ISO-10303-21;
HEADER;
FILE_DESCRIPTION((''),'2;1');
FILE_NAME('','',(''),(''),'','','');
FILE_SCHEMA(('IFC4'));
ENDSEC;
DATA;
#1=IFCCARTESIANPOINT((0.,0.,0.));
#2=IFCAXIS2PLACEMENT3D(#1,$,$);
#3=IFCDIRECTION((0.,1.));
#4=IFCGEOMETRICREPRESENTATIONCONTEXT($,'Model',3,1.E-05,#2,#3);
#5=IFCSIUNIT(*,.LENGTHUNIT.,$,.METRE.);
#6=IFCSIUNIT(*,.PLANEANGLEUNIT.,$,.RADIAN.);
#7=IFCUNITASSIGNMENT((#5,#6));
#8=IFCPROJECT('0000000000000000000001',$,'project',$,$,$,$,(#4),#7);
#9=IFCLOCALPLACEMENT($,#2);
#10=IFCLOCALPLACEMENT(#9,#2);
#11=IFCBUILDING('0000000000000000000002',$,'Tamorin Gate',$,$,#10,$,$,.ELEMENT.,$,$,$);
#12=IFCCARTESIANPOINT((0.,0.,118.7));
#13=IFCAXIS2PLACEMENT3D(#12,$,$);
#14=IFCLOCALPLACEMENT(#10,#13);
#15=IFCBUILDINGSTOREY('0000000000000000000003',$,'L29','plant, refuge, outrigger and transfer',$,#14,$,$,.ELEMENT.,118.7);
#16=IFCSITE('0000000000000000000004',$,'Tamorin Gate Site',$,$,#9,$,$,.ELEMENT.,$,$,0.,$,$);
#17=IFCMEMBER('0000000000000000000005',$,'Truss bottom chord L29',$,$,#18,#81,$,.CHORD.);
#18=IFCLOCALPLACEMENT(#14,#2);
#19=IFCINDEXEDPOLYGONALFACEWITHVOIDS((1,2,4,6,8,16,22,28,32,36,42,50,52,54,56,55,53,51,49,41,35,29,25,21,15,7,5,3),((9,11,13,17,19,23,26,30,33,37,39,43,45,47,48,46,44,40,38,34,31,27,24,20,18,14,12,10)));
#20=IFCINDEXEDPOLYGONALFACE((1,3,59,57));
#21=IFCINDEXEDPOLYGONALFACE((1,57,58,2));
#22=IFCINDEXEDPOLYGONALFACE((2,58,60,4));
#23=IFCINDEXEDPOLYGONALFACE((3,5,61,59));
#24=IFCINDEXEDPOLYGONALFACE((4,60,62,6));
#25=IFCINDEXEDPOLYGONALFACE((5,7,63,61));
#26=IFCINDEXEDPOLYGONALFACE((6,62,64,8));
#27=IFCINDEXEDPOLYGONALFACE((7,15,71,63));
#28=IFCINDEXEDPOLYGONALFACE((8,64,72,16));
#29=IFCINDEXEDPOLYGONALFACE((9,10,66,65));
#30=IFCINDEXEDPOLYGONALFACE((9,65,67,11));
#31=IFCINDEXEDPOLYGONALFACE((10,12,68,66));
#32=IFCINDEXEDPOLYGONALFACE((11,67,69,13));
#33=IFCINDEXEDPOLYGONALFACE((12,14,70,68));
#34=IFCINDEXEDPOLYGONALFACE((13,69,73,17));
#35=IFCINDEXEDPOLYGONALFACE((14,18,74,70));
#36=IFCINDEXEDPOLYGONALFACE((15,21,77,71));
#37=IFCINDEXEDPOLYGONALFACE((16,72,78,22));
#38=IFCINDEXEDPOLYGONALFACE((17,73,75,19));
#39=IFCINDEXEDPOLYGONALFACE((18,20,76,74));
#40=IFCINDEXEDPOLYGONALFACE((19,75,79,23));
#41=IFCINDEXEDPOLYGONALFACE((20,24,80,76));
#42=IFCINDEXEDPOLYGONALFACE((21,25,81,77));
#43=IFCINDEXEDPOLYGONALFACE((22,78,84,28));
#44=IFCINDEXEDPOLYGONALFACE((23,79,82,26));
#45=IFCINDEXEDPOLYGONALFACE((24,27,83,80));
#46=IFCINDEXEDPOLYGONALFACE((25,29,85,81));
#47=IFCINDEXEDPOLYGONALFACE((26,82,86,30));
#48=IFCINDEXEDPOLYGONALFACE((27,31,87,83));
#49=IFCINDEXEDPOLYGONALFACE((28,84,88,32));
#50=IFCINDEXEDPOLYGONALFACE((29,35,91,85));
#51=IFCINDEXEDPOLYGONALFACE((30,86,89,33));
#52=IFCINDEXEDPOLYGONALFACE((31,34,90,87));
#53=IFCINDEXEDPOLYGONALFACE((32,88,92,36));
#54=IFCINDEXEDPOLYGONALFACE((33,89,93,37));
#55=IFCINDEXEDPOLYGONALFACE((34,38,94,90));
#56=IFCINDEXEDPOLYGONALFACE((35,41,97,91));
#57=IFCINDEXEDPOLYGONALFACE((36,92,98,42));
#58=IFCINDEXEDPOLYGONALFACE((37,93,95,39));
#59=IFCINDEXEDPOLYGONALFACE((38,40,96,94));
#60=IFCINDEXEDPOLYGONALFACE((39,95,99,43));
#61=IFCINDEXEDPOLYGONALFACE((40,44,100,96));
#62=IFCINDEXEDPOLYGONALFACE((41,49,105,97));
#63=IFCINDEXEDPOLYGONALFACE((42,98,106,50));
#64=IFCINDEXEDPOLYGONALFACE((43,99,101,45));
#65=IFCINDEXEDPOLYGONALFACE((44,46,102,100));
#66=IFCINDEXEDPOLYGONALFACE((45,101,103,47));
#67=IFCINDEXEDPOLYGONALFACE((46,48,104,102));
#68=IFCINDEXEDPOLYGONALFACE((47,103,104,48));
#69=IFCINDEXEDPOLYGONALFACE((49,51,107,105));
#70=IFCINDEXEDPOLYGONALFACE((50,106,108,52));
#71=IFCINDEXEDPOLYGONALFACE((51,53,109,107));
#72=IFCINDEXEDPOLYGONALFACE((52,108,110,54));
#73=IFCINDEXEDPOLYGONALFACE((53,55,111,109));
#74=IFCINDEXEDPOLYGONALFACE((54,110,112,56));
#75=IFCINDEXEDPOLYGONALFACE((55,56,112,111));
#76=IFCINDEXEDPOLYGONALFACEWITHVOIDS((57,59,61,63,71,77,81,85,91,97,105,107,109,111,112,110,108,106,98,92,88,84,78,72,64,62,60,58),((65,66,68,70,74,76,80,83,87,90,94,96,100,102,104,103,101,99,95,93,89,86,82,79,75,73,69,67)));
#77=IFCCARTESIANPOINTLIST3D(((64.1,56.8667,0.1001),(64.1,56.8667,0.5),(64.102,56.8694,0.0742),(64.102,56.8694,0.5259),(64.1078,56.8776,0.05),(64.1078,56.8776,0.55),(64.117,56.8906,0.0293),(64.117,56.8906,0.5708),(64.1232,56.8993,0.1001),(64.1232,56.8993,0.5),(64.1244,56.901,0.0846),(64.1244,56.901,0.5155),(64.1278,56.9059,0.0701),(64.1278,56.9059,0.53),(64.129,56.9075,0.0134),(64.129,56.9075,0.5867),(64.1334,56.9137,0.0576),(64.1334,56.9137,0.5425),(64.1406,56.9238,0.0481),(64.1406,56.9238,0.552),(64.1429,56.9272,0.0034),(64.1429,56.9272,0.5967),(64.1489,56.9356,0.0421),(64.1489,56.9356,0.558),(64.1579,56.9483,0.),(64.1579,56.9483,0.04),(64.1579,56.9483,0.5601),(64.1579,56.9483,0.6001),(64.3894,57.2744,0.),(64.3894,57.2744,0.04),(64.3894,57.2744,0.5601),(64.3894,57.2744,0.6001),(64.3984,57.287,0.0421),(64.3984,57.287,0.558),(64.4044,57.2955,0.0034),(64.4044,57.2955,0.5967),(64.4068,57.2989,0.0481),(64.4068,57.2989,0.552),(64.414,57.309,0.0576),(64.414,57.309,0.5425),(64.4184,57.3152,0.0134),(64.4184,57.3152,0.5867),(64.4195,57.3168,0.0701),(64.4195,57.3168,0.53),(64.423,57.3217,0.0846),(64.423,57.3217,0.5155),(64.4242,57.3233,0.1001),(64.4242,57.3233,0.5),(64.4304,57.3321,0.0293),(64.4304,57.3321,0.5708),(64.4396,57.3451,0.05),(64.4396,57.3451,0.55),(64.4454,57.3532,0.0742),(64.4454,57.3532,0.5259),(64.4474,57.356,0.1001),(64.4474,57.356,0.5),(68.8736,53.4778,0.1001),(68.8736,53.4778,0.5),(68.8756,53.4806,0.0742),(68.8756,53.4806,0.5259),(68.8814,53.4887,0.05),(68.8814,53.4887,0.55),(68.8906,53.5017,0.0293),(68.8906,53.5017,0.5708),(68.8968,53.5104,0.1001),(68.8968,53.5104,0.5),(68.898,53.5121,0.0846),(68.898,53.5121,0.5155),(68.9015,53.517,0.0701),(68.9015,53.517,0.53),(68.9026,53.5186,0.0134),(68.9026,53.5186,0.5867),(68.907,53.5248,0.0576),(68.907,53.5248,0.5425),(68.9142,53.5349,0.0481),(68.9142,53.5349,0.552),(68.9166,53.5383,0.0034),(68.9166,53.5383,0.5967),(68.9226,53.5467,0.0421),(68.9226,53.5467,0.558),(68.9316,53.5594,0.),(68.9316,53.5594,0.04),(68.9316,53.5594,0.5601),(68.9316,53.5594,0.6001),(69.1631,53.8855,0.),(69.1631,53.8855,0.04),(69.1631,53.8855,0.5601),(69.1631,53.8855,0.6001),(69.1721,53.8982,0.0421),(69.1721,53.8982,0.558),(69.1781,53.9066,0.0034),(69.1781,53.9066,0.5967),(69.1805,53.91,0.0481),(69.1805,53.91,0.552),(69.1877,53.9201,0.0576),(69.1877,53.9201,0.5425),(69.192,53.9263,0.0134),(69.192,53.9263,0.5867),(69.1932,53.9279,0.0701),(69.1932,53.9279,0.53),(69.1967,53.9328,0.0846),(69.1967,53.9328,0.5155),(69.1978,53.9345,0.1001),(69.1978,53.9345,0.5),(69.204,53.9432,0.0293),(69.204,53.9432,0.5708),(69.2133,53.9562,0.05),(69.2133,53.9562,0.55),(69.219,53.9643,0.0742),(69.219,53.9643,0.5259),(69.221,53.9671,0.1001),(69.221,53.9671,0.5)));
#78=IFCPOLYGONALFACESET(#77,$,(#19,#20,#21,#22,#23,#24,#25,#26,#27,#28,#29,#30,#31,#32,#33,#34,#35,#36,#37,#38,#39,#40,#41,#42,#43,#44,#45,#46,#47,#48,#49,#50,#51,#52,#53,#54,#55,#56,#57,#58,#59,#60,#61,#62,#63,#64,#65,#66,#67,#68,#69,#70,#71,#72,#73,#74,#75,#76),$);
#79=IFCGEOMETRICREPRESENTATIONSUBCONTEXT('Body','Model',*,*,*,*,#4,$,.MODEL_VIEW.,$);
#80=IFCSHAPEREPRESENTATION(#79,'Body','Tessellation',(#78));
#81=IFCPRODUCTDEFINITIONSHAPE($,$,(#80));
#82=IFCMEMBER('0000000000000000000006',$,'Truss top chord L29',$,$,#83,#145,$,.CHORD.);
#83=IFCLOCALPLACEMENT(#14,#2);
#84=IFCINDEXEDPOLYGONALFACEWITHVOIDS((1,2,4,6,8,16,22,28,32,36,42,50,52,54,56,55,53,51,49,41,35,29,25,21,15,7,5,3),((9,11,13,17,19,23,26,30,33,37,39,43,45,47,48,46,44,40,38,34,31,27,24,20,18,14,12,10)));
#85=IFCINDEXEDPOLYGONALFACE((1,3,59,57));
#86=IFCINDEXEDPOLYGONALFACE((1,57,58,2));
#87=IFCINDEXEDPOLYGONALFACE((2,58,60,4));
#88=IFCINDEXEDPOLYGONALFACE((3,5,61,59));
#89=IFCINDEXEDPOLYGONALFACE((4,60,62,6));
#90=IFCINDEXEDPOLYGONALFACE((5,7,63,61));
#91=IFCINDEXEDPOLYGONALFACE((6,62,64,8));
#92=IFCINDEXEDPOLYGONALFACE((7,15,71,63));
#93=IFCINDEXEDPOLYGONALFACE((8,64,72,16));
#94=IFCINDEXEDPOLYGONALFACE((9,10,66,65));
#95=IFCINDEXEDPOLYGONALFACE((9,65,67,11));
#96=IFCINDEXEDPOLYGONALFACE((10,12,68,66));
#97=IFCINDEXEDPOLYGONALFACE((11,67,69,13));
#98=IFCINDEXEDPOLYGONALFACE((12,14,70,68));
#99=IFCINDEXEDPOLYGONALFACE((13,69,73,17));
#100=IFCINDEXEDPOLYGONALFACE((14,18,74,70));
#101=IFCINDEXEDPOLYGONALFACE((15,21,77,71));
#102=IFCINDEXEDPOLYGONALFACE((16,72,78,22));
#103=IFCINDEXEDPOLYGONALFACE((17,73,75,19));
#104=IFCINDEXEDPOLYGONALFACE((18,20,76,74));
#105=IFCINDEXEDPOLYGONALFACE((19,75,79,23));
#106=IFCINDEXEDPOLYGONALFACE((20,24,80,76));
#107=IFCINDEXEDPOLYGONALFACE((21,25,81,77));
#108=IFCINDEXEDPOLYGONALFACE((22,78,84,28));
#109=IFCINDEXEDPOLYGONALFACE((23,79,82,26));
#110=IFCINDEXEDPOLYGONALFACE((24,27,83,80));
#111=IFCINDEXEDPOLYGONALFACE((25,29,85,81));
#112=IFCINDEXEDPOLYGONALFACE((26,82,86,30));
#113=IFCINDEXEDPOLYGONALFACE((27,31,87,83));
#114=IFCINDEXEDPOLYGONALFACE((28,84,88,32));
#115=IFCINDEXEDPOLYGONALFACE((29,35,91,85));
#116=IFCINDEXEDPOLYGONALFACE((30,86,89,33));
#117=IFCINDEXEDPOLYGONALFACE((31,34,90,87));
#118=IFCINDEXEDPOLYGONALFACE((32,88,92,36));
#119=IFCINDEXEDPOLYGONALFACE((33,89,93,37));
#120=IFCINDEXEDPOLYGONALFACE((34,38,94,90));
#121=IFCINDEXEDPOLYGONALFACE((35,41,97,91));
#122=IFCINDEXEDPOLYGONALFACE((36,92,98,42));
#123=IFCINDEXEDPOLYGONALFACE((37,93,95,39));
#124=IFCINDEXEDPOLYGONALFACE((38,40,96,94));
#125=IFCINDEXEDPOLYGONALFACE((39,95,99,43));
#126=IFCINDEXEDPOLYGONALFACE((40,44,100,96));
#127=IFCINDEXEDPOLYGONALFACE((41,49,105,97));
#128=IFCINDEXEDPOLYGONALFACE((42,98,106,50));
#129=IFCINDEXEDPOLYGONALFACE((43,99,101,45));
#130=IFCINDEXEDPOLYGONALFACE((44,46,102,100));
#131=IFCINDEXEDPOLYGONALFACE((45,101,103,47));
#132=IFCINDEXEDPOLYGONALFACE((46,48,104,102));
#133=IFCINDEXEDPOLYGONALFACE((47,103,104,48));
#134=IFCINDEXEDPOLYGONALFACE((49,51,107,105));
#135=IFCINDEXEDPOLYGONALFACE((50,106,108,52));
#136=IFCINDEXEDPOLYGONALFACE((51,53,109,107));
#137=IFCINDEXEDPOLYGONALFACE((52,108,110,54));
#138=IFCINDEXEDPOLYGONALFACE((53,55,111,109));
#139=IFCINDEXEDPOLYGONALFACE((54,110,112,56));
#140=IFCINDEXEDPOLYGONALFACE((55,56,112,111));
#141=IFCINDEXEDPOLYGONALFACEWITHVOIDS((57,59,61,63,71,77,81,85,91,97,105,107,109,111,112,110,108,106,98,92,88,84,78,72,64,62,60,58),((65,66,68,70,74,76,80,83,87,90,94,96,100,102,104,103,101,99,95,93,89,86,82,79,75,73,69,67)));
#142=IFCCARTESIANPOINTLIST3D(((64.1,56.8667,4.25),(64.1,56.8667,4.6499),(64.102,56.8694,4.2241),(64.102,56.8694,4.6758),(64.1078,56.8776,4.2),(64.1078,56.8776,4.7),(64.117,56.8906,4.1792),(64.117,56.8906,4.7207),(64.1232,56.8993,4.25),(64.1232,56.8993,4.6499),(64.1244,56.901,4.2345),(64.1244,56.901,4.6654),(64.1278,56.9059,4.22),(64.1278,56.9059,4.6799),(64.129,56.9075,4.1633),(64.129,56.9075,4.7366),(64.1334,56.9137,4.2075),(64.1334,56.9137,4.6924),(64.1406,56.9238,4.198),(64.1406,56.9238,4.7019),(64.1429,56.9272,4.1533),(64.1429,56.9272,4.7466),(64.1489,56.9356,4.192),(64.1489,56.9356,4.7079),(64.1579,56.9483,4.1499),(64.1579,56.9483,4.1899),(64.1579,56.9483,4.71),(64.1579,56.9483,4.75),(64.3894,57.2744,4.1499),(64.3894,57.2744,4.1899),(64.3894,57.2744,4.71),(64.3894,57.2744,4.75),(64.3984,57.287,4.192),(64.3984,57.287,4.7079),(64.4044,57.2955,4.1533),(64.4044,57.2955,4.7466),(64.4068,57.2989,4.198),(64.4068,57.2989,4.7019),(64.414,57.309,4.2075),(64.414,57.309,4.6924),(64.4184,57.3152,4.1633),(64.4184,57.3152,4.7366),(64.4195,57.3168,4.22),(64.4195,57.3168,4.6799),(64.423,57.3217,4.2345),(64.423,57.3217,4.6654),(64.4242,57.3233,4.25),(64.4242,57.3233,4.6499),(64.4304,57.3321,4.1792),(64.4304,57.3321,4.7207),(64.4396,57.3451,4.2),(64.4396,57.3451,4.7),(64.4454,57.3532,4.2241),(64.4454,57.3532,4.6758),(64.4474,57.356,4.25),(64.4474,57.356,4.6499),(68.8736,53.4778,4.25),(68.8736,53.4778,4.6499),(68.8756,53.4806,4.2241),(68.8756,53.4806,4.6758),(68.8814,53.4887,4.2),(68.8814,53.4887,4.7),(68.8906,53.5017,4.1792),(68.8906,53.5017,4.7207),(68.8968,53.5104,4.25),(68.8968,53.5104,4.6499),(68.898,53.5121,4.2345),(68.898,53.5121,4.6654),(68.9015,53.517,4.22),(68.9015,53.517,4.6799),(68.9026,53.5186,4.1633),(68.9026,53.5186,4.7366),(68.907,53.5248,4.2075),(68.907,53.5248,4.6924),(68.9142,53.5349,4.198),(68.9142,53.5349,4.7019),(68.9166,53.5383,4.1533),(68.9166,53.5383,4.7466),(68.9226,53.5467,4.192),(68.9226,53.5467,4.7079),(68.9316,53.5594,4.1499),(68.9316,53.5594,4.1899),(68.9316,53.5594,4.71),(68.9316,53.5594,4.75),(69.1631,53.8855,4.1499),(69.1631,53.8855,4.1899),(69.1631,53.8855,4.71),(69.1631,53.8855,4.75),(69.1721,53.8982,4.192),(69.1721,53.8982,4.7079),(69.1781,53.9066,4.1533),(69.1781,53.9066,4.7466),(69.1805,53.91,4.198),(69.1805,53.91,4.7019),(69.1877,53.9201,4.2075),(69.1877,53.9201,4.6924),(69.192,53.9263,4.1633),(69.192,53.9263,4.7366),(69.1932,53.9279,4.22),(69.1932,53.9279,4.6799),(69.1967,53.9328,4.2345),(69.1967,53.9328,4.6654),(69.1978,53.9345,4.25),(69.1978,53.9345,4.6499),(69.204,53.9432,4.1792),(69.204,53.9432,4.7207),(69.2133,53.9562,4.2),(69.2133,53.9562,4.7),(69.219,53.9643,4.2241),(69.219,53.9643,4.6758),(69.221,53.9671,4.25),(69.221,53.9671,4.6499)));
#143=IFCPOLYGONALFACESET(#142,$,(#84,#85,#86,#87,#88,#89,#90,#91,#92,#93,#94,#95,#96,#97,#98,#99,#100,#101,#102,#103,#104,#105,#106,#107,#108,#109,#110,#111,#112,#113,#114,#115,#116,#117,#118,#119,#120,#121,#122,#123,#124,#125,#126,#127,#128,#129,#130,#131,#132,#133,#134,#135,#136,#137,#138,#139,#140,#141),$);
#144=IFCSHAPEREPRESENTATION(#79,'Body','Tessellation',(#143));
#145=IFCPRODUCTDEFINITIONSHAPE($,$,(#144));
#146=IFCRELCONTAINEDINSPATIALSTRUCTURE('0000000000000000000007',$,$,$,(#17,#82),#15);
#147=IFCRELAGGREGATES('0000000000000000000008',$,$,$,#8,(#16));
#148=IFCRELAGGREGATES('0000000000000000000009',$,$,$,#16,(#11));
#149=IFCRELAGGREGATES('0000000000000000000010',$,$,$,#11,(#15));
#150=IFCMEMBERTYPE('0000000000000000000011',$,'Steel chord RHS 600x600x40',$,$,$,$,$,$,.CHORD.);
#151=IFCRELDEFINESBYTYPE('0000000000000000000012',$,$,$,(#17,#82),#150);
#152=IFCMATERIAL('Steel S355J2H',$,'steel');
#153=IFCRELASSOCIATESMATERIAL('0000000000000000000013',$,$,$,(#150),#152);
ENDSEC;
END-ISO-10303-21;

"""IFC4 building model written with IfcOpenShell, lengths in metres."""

from ifc_helpers import new_model, si_unit, direction, frame, origin, origin_2d, place, context, subcontext, project, spatial, hollow_rectangle, extrude, material, material_profile, profile_set, type_object, element, save


model = new_model("IFC4")

# Units and contexts
model_context = context("Model", 3, precision=1e-05, world=origin(), true_north=direction((0.0, 1.0)))
body_context = subcontext(model_context, "Body", "Model", "MODEL_VIEW")
ifc_project = project(units=[si_unit("LENGTHUNIT", "METRE"), si_unit("PLANEANGLEUNIT", "RADIAN")], contexts=[model_context])

# Site, building, storey
site_placement = place(None, origin())
site = spatial("IfcSite", under=ifc_project, at=site_placement, Name="Tamorin Gate Site", CompositionType="ELEMENT", RefElevation=0.0)
building_placement = place(site_placement, origin())
building = spatial("IfcBuilding", under=site, at=building_placement, Name="Tamorin Gate", CompositionType="ELEMENT")
storey_placement = place(building_placement, frame((0.0, 0.0, 118.7)))
storey = spatial("IfcBuildingStorey", under=building, at=storey_placement, Name="L29", Description="plant, refuge, outrigger and transfer", CompositionType="ELEMENT", Elevation=118.7)

# Members
ifc_material_1 = material(Name="Steel S355J2H", Category="steel")
ifc_material_profile_1 = material_profile(ifc_material_1, hollow_rectangle(XDim=0.6001, YDim=0.6001, WallThickness=0.04, InnerFilletRadius=0.0601, OuterFilletRadius=0.1001, at=origin_2d()), Name="RHS 600x600x40")
ifc_profile_set_1 = profile_set([ifc_material_profile_1], Name="Steel S355J2H")
member_type_1 = type_object("IfcMemberType", Name="Steel chord RHS 600x600x40", PredefinedType="CHORD", material=ifc_profile_set_1)
for number, where, z_axis, x_axis, name in (
    (1, (64.2737, 57.1113, 0.3), (0.815415, -0.578877, 0.0), (0.578877, 0.815415, 0.0), "Truss bottom chord L29"),
    (2, (64.2737, 57.1113, 4.45), (0.815415, -0.578877, 0.0), (0.578877, 0.815415, 0.0), "Truss top chord L29"),
):
    element("IfcMember", number, at=place(storey_placement, frame(where, z_axis=z_axis, x_axis=x_axis)), inside=storey, type_object=member_type_1, Name=name, PredefinedType="CHORD", context=body_context, shape_type="SweptSolid", body=[
        extrude(hollow_rectangle(XDim=0.6001, YDim=0.6001, WallThickness=0.04, InnerFilletRadius=0.0601, OuterFilletRadius=0.1001, at=origin_2d()), origin(), (0.0, 0.0, 1.0), 5.8542),
    ])

save(model, "model.ifc")
